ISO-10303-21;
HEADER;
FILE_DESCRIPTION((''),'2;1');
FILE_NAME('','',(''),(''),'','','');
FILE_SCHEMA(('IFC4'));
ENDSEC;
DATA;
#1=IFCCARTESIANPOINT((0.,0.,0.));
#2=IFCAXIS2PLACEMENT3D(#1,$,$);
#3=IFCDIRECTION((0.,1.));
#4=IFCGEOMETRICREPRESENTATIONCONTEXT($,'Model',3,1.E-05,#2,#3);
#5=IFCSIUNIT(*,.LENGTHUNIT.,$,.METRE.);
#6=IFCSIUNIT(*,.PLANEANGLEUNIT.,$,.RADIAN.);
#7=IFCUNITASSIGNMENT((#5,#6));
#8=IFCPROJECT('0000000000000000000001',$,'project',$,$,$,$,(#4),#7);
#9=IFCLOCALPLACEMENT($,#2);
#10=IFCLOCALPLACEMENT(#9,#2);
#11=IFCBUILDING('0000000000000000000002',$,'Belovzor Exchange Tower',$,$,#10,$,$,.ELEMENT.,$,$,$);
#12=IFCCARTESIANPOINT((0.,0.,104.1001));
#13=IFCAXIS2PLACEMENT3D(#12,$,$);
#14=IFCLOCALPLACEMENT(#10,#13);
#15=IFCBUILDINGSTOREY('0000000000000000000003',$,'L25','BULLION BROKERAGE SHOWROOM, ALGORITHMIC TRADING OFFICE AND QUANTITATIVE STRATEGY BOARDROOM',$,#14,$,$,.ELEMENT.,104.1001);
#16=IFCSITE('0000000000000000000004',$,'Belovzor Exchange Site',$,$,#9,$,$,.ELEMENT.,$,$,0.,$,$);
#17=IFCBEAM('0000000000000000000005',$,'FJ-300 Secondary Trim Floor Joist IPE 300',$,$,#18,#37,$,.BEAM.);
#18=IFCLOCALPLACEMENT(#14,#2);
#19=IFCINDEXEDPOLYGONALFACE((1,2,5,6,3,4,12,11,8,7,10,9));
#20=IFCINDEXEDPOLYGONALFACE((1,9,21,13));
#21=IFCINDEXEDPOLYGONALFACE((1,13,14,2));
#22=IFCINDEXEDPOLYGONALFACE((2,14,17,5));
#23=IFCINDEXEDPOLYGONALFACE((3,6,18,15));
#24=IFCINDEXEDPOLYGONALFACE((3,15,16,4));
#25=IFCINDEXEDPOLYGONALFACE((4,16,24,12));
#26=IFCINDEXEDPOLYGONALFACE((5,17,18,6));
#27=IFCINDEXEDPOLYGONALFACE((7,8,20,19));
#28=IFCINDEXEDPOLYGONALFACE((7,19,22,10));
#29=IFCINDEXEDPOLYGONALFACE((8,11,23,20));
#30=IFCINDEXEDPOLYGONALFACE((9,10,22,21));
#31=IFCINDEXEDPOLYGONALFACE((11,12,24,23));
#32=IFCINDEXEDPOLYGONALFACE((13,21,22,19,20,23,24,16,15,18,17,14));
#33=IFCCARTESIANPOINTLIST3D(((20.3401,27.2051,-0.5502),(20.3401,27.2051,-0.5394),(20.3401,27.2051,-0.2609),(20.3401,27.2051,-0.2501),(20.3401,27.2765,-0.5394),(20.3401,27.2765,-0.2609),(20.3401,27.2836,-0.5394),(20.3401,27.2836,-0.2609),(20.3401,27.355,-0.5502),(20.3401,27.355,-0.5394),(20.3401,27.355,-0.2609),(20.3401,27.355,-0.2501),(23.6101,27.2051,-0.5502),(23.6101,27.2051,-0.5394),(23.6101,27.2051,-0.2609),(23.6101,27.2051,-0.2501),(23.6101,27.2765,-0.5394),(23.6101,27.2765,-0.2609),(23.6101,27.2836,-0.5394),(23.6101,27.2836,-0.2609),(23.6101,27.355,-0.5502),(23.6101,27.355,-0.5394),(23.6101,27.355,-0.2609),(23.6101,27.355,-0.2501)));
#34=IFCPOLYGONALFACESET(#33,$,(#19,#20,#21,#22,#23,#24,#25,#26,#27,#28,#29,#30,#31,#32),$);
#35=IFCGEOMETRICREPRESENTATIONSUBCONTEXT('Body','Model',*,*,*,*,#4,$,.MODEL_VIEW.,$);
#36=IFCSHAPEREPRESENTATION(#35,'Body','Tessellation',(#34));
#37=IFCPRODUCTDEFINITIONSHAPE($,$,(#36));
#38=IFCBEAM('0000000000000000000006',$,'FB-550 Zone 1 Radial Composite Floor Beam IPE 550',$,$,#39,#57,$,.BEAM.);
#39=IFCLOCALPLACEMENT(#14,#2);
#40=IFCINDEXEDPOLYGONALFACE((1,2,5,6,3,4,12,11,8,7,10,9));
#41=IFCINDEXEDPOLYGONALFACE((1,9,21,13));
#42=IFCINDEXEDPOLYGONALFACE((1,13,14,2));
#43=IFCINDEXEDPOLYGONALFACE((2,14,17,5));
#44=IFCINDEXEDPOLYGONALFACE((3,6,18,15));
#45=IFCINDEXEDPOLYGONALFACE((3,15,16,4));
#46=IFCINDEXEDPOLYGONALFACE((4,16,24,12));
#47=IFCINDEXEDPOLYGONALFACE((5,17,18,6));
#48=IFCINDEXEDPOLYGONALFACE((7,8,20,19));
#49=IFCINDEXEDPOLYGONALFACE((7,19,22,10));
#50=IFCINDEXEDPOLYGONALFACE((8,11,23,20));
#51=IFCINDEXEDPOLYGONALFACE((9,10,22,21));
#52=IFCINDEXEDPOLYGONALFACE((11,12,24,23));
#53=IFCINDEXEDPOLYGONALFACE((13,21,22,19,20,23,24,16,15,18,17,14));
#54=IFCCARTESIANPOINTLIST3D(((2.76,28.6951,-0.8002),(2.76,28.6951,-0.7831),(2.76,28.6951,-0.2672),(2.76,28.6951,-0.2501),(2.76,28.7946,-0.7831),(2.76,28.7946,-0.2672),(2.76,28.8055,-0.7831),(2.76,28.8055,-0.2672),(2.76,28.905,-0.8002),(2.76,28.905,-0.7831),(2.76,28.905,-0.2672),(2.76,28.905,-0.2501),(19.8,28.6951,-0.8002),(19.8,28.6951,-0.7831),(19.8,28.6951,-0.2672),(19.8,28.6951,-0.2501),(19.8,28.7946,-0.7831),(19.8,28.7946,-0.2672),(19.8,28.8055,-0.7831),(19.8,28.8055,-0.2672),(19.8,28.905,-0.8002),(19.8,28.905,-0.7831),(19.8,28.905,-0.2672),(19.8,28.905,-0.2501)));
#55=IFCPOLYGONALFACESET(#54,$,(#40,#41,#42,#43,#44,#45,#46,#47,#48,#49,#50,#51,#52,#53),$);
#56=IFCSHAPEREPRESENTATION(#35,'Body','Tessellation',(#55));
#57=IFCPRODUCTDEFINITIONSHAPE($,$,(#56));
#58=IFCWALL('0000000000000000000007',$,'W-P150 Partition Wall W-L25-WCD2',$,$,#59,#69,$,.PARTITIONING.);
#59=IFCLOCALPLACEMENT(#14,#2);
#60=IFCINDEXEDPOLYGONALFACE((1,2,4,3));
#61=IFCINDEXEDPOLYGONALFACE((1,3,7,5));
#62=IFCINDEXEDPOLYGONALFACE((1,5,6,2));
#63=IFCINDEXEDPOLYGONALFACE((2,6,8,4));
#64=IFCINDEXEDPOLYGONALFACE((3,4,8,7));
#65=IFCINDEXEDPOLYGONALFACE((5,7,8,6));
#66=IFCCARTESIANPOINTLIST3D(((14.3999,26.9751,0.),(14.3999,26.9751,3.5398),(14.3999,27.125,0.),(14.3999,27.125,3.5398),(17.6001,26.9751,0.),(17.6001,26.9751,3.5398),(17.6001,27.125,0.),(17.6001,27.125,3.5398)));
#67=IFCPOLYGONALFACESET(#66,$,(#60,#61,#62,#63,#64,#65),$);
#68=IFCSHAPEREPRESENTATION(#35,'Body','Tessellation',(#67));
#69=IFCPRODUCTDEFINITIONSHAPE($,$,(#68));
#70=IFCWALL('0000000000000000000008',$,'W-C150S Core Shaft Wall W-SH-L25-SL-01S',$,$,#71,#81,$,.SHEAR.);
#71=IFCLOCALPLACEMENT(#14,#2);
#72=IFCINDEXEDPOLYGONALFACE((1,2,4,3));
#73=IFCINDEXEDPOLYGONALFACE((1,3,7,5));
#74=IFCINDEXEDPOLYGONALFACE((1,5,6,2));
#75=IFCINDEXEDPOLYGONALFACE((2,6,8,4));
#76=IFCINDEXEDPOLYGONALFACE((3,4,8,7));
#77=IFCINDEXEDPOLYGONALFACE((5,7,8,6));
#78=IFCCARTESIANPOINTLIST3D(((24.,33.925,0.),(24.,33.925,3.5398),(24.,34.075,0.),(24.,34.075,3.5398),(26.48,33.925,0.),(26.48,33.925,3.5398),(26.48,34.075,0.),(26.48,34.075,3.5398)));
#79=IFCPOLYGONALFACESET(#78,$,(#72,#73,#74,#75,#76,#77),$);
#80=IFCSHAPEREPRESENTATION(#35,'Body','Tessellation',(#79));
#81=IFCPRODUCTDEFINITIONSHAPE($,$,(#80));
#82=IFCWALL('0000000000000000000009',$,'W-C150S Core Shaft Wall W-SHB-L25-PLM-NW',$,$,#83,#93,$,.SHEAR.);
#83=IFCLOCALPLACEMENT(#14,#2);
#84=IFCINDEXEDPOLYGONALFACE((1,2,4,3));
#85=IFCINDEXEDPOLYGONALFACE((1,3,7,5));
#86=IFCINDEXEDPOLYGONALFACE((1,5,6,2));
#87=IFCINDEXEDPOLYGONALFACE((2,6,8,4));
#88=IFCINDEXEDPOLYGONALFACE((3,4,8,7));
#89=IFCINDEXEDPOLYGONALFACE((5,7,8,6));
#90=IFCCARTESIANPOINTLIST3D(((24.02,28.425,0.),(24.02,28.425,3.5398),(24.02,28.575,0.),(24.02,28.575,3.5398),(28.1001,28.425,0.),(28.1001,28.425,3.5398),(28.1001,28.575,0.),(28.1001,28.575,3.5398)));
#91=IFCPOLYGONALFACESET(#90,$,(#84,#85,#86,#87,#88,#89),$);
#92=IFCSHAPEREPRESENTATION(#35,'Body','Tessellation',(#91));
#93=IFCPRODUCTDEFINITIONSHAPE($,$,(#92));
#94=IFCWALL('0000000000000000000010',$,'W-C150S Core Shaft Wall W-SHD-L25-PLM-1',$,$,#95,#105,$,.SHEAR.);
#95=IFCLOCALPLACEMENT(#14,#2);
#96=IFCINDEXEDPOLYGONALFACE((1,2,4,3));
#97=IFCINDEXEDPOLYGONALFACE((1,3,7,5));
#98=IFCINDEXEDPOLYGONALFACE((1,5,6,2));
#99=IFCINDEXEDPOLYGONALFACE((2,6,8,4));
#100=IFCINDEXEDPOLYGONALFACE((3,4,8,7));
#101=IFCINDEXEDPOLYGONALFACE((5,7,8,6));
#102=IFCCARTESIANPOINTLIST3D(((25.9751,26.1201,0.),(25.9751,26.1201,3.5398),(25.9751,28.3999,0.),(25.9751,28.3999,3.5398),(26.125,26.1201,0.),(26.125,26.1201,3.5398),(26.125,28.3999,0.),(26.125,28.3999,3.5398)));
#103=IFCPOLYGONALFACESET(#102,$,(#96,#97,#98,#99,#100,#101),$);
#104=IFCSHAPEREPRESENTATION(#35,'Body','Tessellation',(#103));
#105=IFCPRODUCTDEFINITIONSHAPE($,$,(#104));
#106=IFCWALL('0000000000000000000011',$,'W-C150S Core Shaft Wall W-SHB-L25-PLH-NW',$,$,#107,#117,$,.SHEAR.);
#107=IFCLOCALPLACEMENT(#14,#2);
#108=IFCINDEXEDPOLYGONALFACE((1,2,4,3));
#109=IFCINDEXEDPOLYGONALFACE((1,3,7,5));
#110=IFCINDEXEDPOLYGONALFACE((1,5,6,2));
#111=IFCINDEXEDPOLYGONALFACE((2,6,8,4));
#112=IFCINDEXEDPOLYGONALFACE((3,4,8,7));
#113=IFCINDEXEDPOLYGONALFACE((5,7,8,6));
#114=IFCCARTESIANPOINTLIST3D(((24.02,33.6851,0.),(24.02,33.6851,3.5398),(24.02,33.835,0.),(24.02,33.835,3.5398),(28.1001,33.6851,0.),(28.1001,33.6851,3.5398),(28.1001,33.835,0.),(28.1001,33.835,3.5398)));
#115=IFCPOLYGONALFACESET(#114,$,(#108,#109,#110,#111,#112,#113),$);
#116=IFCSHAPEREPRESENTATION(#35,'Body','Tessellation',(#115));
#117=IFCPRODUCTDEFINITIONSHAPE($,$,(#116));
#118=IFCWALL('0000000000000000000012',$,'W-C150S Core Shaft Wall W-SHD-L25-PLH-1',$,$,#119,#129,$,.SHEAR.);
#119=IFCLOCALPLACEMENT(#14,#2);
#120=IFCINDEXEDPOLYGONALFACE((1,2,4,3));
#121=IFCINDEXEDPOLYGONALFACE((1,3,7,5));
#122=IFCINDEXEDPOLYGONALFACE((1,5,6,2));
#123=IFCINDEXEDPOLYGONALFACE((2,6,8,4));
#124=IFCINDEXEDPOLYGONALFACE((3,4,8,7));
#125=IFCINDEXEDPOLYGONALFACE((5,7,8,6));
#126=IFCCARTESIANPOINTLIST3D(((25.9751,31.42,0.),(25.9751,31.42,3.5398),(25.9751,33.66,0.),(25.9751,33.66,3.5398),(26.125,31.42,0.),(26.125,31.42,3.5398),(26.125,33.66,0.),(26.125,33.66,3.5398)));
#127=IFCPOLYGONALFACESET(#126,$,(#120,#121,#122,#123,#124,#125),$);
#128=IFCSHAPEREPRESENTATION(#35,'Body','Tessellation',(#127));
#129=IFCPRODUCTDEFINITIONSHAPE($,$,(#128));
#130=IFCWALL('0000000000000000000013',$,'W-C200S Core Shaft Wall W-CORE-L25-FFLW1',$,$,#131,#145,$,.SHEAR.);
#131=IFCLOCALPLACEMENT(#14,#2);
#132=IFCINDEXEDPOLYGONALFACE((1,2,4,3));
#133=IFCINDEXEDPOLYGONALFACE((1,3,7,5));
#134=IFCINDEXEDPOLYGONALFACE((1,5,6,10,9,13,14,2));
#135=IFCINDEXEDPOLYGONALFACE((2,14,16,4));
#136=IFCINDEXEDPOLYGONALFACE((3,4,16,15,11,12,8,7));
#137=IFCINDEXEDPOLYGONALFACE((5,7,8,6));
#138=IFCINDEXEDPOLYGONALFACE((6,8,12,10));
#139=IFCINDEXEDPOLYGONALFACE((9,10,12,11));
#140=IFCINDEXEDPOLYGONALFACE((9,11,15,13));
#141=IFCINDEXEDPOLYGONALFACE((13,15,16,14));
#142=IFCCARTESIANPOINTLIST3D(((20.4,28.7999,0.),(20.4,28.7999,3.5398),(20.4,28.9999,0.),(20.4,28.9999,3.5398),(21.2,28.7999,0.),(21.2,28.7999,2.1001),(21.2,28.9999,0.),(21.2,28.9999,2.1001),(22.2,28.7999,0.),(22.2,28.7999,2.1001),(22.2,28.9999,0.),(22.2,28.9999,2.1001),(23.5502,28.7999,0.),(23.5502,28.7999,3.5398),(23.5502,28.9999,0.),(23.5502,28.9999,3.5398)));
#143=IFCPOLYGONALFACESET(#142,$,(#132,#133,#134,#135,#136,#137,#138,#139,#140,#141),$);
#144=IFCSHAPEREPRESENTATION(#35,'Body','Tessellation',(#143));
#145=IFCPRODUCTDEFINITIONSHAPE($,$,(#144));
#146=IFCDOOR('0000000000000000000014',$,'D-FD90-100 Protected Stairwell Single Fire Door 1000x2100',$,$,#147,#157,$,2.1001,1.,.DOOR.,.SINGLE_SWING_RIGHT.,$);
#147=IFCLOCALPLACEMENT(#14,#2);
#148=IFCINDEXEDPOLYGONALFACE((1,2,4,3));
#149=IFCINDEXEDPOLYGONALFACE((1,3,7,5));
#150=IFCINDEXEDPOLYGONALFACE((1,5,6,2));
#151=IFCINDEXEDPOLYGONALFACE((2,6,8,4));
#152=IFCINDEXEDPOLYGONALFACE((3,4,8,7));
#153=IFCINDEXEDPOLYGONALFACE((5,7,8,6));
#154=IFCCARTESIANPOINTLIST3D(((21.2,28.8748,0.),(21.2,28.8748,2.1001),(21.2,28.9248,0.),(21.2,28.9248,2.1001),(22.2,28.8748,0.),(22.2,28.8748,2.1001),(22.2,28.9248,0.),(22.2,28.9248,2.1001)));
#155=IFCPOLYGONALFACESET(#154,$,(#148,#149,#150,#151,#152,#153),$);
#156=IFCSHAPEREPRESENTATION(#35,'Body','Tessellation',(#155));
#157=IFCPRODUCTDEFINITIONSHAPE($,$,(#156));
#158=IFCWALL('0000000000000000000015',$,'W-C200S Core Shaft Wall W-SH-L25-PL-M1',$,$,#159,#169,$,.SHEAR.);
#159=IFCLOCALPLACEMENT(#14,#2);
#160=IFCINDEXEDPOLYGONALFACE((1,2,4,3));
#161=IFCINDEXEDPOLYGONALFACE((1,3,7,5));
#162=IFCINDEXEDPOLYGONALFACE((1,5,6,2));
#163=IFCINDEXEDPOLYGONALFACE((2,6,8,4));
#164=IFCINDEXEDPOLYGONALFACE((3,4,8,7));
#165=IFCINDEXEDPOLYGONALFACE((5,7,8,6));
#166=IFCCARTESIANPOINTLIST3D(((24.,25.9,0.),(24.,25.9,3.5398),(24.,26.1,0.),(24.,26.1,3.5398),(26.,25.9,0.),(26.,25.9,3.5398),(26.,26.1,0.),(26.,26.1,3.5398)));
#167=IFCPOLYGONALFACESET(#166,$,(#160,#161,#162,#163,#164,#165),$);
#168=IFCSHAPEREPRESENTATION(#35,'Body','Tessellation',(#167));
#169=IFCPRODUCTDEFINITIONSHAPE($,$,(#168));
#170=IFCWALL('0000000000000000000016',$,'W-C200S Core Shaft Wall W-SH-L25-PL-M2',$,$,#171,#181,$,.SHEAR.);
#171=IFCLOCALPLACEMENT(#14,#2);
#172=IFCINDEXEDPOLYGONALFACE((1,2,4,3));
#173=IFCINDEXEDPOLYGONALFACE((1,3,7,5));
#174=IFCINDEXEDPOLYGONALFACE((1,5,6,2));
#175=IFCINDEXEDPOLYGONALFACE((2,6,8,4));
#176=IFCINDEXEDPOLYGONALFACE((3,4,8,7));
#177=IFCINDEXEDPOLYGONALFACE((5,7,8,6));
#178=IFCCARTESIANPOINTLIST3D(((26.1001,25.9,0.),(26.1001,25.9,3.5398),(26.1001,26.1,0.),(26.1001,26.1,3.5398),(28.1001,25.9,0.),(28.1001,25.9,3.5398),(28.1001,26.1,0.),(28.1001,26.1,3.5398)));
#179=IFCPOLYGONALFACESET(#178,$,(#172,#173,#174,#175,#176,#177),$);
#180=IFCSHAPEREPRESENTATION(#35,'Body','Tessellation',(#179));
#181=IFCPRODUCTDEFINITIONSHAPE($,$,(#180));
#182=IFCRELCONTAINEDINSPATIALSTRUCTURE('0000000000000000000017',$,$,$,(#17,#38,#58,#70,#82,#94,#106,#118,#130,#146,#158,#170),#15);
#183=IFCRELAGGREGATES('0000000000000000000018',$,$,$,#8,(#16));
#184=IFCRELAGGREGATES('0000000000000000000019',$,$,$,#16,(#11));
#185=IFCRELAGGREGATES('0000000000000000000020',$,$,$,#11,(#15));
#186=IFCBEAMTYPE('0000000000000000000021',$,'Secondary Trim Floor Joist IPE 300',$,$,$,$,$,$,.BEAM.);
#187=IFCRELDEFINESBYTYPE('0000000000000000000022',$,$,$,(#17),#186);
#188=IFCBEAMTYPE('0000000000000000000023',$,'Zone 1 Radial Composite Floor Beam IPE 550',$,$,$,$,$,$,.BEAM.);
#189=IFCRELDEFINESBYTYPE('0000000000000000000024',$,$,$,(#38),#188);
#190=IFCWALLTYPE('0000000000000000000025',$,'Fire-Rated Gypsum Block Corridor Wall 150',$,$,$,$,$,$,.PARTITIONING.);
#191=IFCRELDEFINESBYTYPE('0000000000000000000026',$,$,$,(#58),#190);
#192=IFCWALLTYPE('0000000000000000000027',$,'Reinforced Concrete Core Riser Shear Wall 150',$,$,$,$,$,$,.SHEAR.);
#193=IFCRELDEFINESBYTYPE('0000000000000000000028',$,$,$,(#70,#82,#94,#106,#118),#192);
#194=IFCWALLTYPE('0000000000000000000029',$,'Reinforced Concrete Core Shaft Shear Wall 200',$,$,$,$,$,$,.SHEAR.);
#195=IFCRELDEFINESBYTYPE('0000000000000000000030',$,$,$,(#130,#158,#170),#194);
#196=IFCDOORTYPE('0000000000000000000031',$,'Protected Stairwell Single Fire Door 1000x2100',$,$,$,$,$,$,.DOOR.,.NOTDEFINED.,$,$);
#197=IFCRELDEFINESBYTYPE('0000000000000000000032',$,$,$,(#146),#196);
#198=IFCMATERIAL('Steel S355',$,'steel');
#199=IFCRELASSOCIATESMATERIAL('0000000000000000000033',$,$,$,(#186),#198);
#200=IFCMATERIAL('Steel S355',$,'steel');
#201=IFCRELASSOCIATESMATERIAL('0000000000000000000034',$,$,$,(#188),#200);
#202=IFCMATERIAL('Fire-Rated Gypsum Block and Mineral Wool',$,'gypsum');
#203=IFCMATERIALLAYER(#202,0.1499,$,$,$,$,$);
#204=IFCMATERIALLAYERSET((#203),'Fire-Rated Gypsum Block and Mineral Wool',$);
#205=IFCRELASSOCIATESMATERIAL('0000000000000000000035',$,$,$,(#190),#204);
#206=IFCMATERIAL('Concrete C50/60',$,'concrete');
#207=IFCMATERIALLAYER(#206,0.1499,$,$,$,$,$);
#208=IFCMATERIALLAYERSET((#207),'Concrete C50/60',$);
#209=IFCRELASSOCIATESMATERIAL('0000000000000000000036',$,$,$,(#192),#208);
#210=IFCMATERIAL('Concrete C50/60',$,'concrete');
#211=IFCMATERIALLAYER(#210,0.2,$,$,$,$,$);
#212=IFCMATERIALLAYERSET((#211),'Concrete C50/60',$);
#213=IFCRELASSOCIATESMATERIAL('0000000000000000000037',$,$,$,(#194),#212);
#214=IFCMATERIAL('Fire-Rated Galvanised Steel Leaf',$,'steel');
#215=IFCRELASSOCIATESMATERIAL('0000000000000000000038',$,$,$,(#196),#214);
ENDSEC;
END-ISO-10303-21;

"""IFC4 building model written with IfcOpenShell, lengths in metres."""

from ifc_helpers import new_model, si_unit, direction, frame, frame_2d, origin, origin_2d, place, context, subcontext, project, spatial, rectangle, i_section, extrude, material, layer, layer_set, material_profile, profile_set, type_object, element, fill, save


model = new_model("IFC4")

# Units and contexts
model_context = context("Model", 3, precision=1e-05, world=origin(), true_north=direction((0.0, 1.0)))
body_context = subcontext(model_context, "Body", "Model", "MODEL_VIEW")
ifc_project = project(units=[si_unit("LENGTHUNIT", "METRE"), si_unit("PLANEANGLEUNIT", "RADIAN")], contexts=[model_context])

# Site, building, storey
site_placement = place(None, origin())
site = spatial("IfcSite", under=ifc_project, at=site_placement, Name="Belovzor Exchange Site", CompositionType="ELEMENT", RefElevation=0.0)
building_placement = place(site_placement, origin())
building = spatial("IfcBuilding", under=site, at=building_placement, Name="Belovzor Exchange Tower", CompositionType="ELEMENT")
storey_placement = place(building_placement, frame((0.0, 0.0, 104.1001)))
storey = spatial("IfcBuildingStorey", under=building, at=storey_placement, Name="L25", Description="BULLION BROKERAGE SHOWROOM, ALGORITHMIC TRADING OFFICE AND QUANTITATIVE STRATEGY BOARDROOM", CompositionType="ELEMENT", Elevation=104.1001)

# Beams
ifc_material_1 = material(Name="Steel S355", Category="steel")
ifc_material_profile_1 = material_profile(ifc_material_1, i_section(OverallWidth=0.1499, OverallDepth=0.3, WebThickness=0.0071, FlangeThickness=0.0107, at=origin_2d()))
ifc_profile_set_1 = profile_set([ifc_material_profile_1], Name="Steel S355")
beam_type_1 = type_object("IfcBeamType", Name="Secondary Trim Floor Joist IPE 300", PredefinedType="BEAM", material=ifc_profile_set_1)
beam_1_placement = place(storey_placement, frame((20.3401, 27.28, -0.4001), z_axis=(1.0, 0.0, 0.0), x_axis=(0.0, 1.0, 0.0)))
element("IfcBeam", 1, at=beam_1_placement, inside=storey, type_object=beam_type_1, Name="FJ-300 Secondary Trim Floor Joist IPE 300", PredefinedType="BEAM", context=body_context, shape_type="SweptSolid", body=[
    extrude(i_section(OverallWidth=0.1499, OverallDepth=0.3, WebThickness=0.0071, FlangeThickness=0.0107, at=origin_2d()), origin(), (0.0, 0.0, 1.0), 3.27),
])
ifc_material_2 = material(Name="Steel S355", Category="steel")
ifc_material_profile_2 = material_profile(ifc_material_2, i_section(OverallWidth=0.21, OverallDepth=0.55, WebThickness=0.011, FlangeThickness=0.0171, at=origin_2d()))
ifc_profile_set_2 = profile_set([ifc_material_profile_2], Name="Steel S355")
beam_type_2 = type_object("IfcBeamType", Name="Zone 1 Radial Composite Floor Beam IPE 550", PredefinedType="BEAM", material=ifc_profile_set_2)
beam_2_placement = place(storey_placement, frame((19.8, 28.8, -0.5251), z_axis=(-1.0, 0.0, 0.0), x_axis=(0.0, -1.0, 0.0)))
element("IfcBeam", 2, at=beam_2_placement, inside=storey, type_object=beam_type_2, Name="FB-550 Zone 1 Radial Composite Floor Beam IPE 550", PredefinedType="BEAM", context=body_context, shape_type="SweptSolid", body=[
    extrude(i_section(OverallWidth=0.21, OverallDepth=0.55, WebThickness=0.011, FlangeThickness=0.0171, at=origin_2d()), origin(), (0.0, 0.0, 1.0), 17.04),
])

# Walls
ifc_material_3 = material(Name="Fire-Rated Gypsum Block and Mineral Wool", Category="gypsum")
ifc_layer_1 = layer(ifc_material_3, 0.1499)
ifc_layer_set_1 = layer_set([ifc_layer_1], Name="Fire-Rated Gypsum Block and Mineral Wool")
wall_type_1 = type_object("IfcWallType", Name="Fire-Rated Gypsum Block Corridor Wall 150", PredefinedType="PARTITIONING", material=ifc_layer_set_1)
wall_1_placement = place(storey_placement, frame((14.3999, 27.05, 0.0), z_axis=(0.0, 0.0, 1.0), x_axis=(1.0, 0.0, 0.0)))
element("IfcWall", 3, at=wall_1_placement, inside=storey, type_object=wall_type_1, Name="W-P150 Partition Wall W-L25-WCD2", PredefinedType="PARTITIONING", context=body_context, shape_type="SweptSolid", body=[
    extrude(rectangle(XDim=3.2002, YDim=0.1499, at=frame_2d((1.6001, 0.0))), origin(), (0.0, 0.0, 1.0), 3.5398),
])
ifc_material_4 = material(Name="Concrete C50/60", Category="concrete")
ifc_layer_2 = layer(ifc_material_4, 0.1499)
ifc_layer_set_2 = layer_set([ifc_layer_2], Name="Concrete C50/60")
wall_type_2 = type_object("IfcWallType", Name="Reinforced Concrete Core Riser Shear Wall 150", PredefinedType="SHEAR", material=ifc_layer_set_2)
wall_2_placement = place(storey_placement, frame((24.0, 34.0, 0.0), z_axis=(0.0, 0.0, 1.0), x_axis=(1.0, 0.0, 0.0)))
element("IfcWall", 4, at=wall_2_placement, inside=storey, type_object=wall_type_2, Name="W-C150S Core Shaft Wall W-SH-L25-SL-01S", PredefinedType="SHEAR", context=body_context, shape_type="SweptSolid", body=[
    extrude(rectangle(XDim=2.48, YDim=0.1499, at=frame_2d((1.24, 0.0))), origin(), (0.0, 0.0, 1.0), 3.5398),
])
wall_3_placement = place(storey_placement, frame((24.02, 28.5, 0.0), z_axis=(0.0, 0.0, 1.0), x_axis=(1.0, 0.0, 0.0)))
element("IfcWall", 5, at=wall_3_placement, inside=storey, type_object=wall_type_2, Name="W-C150S Core Shaft Wall W-SHB-L25-PLM-NW", PredefinedType="SHEAR", context=body_context, shape_type="SweptSolid", body=[
    extrude(rectangle(XDim=4.0801, YDim=0.1499, at=frame_2d((2.04, 0.0))), origin(), (0.0, 0.0, 1.0), 3.5398),
])
wall_4_placement = place(storey_placement, frame((26.05, 26.1201, 0.0), z_axis=(0.0, 0.0, 1.0), x_axis=(0.0, 1.0, 0.0)))
element("IfcWall", 6, at=wall_4_placement, inside=storey, type_object=wall_type_2, Name="W-C150S Core Shaft Wall W-SHD-L25-PLM-1", PredefinedType="SHEAR", context=body_context, shape_type="SweptSolid", body=[
    extrude(rectangle(XDim=2.2798, YDim=0.1499, at=frame_2d((1.1399, 0.0))), origin(), (0.0, 0.0, 1.0), 3.5398),
])
wall_5_placement = place(storey_placement, frame((24.02, 33.76, 0.0), z_axis=(0.0, 0.0, 1.0), x_axis=(1.0, 0.0, 0.0)))
element("IfcWall", 7, at=wall_5_placement, inside=storey, type_object=wall_type_2, Name="W-C150S Core Shaft Wall W-SHB-L25-PLH-NW", PredefinedType="SHEAR", context=body_context, shape_type="SweptSolid", body=[
    extrude(rectangle(XDim=4.0801, YDim=0.1499, at=frame_2d((2.04, 0.0))), origin(), (0.0, 0.0, 1.0), 3.5398),
])
wall_6_placement = place(storey_placement, frame((26.05, 31.4199, 0.0), z_axis=(0.0, 0.0, 1.0), x_axis=(0.0, 1.0, 0.0)))
element("IfcWall", 8, at=wall_6_placement, inside=storey, type_object=wall_type_2, Name="W-C150S Core Shaft Wall W-SHD-L25-PLH-1", PredefinedType="SHEAR", context=body_context, shape_type="SweptSolid", body=[
    extrude(rectangle(XDim=2.24, YDim=0.1499, at=frame_2d((1.1201, 0.0))), origin(), (0.0, 0.0, 1.0), 3.5398),
])

# Wall, opening, door
ifc_material_5 = material(Name="Concrete C50/60", Category="concrete")
ifc_layer_3 = layer(ifc_material_5, 0.2)
ifc_layer_set_3 = layer_set([ifc_layer_3], Name="Concrete C50/60")
wall_type_3 = type_object("IfcWallType", Name="Reinforced Concrete Core Shaft Shear Wall 200", PredefinedType="SHEAR", material=ifc_layer_set_3)
wall_7_placement = place(storey_placement, frame((20.3999, 28.8999, 0.0), z_axis=(0.0, 0.0, 1.0), x_axis=(1.0, 0.0, 0.0)))
wall_7 = element("IfcWall", 9, at=wall_7_placement, inside=storey, type_object=wall_type_3, Name="W-C200S Core Shaft Wall W-CORE-L25-FFLW1", PredefinedType="SHEAR", context=body_context, shape_type="SweptSolid", body=[
    extrude(rectangle(XDim=3.1501, YDim=0.2, at=frame_2d((1.5752, 0.0))), origin(), (0.0, 0.0, 1.0), 3.5398),
])
opening_1_placement = place(wall_7_placement, frame((0.8, 0.0, 0.0)))
opening_1 = element("IfcOpeningElement", 10, at=opening_1_placement, cuts=wall_7, PredefinedType="OPENING", context=body_context, shape_type="SweptSolid", body=[
    extrude(rectangle(XDim=1.0, YDim=2.1001, at=frame_2d((0.5, 1.05))), frame((0.0, 0.1099, 0.0), z_axis=(0.0, -1.0, 0.0), x_axis=(1.0, 0.0, 0.0)), (0.0, 0.0, 1.0), 0.22),
])
ifc_material_6 = material(Name="Fire-Rated Galvanised Steel Leaf", Category="steel")
door_type_1 = type_object("IfcDoorType", Name="Protected Stairwell Single Fire Door 1000x2100", OperationType="NOTDEFINED", PredefinedType="DOOR", material=ifc_material_6)
door_1_placement = place(opening_1_placement, origin())
door_1 = element("IfcDoor", 11, at=door_1_placement, inside=storey, type_object=door_type_1, Name="D-FD90-100 Protected Stairwell Single Fire Door 1000x2100", OperationType="SINGLE_SWING_RIGHT", OverallHeight=2.1001, OverallWidth=1.0, PredefinedType="DOOR", context=body_context, shape_type="SweptSolid", body=[
    extrude(rectangle(XDim=1.0, YDim=2.1001, at=frame_2d((0.5, 1.05))), frame((0.0, 0.0249, 0.0), z_axis=(0.0, -1.0, 0.0), x_axis=(1.0, 0.0, 0.0)), (0.0, 0.0, 1.0), 0.05),
])
fill(opening_1, door_1)

# Walls
for number, where, z_axis, x_axis, name in (
    (12, (24.0, 26.0, 0.0), (0.0, 0.0, 1.0), (1.0, 0.0, 0.0), "W-C200S Core Shaft Wall W-SH-L25-PL-M1"),
    (13, (26.1001, 26.0, 0.0), (0.0, 0.0, 1.0), (1.0, 0.0, 0.0), "W-C200S Core Shaft Wall W-SH-L25-PL-M2"),
):
    element("IfcWall", number, at=place(storey_placement, frame(where, z_axis=z_axis, x_axis=x_axis)), inside=storey, type_object=wall_type_3, Name=name, PredefinedType="SHEAR", context=body_context, shape_type="SweptSolid", body=[
        extrude(rectangle(XDim=2.0, YDim=0.2, at=frame_2d((1.0, 0.0))), origin(), (0.0, 0.0, 1.0), 3.5398),
    ])

save(model, "model.ifc")
